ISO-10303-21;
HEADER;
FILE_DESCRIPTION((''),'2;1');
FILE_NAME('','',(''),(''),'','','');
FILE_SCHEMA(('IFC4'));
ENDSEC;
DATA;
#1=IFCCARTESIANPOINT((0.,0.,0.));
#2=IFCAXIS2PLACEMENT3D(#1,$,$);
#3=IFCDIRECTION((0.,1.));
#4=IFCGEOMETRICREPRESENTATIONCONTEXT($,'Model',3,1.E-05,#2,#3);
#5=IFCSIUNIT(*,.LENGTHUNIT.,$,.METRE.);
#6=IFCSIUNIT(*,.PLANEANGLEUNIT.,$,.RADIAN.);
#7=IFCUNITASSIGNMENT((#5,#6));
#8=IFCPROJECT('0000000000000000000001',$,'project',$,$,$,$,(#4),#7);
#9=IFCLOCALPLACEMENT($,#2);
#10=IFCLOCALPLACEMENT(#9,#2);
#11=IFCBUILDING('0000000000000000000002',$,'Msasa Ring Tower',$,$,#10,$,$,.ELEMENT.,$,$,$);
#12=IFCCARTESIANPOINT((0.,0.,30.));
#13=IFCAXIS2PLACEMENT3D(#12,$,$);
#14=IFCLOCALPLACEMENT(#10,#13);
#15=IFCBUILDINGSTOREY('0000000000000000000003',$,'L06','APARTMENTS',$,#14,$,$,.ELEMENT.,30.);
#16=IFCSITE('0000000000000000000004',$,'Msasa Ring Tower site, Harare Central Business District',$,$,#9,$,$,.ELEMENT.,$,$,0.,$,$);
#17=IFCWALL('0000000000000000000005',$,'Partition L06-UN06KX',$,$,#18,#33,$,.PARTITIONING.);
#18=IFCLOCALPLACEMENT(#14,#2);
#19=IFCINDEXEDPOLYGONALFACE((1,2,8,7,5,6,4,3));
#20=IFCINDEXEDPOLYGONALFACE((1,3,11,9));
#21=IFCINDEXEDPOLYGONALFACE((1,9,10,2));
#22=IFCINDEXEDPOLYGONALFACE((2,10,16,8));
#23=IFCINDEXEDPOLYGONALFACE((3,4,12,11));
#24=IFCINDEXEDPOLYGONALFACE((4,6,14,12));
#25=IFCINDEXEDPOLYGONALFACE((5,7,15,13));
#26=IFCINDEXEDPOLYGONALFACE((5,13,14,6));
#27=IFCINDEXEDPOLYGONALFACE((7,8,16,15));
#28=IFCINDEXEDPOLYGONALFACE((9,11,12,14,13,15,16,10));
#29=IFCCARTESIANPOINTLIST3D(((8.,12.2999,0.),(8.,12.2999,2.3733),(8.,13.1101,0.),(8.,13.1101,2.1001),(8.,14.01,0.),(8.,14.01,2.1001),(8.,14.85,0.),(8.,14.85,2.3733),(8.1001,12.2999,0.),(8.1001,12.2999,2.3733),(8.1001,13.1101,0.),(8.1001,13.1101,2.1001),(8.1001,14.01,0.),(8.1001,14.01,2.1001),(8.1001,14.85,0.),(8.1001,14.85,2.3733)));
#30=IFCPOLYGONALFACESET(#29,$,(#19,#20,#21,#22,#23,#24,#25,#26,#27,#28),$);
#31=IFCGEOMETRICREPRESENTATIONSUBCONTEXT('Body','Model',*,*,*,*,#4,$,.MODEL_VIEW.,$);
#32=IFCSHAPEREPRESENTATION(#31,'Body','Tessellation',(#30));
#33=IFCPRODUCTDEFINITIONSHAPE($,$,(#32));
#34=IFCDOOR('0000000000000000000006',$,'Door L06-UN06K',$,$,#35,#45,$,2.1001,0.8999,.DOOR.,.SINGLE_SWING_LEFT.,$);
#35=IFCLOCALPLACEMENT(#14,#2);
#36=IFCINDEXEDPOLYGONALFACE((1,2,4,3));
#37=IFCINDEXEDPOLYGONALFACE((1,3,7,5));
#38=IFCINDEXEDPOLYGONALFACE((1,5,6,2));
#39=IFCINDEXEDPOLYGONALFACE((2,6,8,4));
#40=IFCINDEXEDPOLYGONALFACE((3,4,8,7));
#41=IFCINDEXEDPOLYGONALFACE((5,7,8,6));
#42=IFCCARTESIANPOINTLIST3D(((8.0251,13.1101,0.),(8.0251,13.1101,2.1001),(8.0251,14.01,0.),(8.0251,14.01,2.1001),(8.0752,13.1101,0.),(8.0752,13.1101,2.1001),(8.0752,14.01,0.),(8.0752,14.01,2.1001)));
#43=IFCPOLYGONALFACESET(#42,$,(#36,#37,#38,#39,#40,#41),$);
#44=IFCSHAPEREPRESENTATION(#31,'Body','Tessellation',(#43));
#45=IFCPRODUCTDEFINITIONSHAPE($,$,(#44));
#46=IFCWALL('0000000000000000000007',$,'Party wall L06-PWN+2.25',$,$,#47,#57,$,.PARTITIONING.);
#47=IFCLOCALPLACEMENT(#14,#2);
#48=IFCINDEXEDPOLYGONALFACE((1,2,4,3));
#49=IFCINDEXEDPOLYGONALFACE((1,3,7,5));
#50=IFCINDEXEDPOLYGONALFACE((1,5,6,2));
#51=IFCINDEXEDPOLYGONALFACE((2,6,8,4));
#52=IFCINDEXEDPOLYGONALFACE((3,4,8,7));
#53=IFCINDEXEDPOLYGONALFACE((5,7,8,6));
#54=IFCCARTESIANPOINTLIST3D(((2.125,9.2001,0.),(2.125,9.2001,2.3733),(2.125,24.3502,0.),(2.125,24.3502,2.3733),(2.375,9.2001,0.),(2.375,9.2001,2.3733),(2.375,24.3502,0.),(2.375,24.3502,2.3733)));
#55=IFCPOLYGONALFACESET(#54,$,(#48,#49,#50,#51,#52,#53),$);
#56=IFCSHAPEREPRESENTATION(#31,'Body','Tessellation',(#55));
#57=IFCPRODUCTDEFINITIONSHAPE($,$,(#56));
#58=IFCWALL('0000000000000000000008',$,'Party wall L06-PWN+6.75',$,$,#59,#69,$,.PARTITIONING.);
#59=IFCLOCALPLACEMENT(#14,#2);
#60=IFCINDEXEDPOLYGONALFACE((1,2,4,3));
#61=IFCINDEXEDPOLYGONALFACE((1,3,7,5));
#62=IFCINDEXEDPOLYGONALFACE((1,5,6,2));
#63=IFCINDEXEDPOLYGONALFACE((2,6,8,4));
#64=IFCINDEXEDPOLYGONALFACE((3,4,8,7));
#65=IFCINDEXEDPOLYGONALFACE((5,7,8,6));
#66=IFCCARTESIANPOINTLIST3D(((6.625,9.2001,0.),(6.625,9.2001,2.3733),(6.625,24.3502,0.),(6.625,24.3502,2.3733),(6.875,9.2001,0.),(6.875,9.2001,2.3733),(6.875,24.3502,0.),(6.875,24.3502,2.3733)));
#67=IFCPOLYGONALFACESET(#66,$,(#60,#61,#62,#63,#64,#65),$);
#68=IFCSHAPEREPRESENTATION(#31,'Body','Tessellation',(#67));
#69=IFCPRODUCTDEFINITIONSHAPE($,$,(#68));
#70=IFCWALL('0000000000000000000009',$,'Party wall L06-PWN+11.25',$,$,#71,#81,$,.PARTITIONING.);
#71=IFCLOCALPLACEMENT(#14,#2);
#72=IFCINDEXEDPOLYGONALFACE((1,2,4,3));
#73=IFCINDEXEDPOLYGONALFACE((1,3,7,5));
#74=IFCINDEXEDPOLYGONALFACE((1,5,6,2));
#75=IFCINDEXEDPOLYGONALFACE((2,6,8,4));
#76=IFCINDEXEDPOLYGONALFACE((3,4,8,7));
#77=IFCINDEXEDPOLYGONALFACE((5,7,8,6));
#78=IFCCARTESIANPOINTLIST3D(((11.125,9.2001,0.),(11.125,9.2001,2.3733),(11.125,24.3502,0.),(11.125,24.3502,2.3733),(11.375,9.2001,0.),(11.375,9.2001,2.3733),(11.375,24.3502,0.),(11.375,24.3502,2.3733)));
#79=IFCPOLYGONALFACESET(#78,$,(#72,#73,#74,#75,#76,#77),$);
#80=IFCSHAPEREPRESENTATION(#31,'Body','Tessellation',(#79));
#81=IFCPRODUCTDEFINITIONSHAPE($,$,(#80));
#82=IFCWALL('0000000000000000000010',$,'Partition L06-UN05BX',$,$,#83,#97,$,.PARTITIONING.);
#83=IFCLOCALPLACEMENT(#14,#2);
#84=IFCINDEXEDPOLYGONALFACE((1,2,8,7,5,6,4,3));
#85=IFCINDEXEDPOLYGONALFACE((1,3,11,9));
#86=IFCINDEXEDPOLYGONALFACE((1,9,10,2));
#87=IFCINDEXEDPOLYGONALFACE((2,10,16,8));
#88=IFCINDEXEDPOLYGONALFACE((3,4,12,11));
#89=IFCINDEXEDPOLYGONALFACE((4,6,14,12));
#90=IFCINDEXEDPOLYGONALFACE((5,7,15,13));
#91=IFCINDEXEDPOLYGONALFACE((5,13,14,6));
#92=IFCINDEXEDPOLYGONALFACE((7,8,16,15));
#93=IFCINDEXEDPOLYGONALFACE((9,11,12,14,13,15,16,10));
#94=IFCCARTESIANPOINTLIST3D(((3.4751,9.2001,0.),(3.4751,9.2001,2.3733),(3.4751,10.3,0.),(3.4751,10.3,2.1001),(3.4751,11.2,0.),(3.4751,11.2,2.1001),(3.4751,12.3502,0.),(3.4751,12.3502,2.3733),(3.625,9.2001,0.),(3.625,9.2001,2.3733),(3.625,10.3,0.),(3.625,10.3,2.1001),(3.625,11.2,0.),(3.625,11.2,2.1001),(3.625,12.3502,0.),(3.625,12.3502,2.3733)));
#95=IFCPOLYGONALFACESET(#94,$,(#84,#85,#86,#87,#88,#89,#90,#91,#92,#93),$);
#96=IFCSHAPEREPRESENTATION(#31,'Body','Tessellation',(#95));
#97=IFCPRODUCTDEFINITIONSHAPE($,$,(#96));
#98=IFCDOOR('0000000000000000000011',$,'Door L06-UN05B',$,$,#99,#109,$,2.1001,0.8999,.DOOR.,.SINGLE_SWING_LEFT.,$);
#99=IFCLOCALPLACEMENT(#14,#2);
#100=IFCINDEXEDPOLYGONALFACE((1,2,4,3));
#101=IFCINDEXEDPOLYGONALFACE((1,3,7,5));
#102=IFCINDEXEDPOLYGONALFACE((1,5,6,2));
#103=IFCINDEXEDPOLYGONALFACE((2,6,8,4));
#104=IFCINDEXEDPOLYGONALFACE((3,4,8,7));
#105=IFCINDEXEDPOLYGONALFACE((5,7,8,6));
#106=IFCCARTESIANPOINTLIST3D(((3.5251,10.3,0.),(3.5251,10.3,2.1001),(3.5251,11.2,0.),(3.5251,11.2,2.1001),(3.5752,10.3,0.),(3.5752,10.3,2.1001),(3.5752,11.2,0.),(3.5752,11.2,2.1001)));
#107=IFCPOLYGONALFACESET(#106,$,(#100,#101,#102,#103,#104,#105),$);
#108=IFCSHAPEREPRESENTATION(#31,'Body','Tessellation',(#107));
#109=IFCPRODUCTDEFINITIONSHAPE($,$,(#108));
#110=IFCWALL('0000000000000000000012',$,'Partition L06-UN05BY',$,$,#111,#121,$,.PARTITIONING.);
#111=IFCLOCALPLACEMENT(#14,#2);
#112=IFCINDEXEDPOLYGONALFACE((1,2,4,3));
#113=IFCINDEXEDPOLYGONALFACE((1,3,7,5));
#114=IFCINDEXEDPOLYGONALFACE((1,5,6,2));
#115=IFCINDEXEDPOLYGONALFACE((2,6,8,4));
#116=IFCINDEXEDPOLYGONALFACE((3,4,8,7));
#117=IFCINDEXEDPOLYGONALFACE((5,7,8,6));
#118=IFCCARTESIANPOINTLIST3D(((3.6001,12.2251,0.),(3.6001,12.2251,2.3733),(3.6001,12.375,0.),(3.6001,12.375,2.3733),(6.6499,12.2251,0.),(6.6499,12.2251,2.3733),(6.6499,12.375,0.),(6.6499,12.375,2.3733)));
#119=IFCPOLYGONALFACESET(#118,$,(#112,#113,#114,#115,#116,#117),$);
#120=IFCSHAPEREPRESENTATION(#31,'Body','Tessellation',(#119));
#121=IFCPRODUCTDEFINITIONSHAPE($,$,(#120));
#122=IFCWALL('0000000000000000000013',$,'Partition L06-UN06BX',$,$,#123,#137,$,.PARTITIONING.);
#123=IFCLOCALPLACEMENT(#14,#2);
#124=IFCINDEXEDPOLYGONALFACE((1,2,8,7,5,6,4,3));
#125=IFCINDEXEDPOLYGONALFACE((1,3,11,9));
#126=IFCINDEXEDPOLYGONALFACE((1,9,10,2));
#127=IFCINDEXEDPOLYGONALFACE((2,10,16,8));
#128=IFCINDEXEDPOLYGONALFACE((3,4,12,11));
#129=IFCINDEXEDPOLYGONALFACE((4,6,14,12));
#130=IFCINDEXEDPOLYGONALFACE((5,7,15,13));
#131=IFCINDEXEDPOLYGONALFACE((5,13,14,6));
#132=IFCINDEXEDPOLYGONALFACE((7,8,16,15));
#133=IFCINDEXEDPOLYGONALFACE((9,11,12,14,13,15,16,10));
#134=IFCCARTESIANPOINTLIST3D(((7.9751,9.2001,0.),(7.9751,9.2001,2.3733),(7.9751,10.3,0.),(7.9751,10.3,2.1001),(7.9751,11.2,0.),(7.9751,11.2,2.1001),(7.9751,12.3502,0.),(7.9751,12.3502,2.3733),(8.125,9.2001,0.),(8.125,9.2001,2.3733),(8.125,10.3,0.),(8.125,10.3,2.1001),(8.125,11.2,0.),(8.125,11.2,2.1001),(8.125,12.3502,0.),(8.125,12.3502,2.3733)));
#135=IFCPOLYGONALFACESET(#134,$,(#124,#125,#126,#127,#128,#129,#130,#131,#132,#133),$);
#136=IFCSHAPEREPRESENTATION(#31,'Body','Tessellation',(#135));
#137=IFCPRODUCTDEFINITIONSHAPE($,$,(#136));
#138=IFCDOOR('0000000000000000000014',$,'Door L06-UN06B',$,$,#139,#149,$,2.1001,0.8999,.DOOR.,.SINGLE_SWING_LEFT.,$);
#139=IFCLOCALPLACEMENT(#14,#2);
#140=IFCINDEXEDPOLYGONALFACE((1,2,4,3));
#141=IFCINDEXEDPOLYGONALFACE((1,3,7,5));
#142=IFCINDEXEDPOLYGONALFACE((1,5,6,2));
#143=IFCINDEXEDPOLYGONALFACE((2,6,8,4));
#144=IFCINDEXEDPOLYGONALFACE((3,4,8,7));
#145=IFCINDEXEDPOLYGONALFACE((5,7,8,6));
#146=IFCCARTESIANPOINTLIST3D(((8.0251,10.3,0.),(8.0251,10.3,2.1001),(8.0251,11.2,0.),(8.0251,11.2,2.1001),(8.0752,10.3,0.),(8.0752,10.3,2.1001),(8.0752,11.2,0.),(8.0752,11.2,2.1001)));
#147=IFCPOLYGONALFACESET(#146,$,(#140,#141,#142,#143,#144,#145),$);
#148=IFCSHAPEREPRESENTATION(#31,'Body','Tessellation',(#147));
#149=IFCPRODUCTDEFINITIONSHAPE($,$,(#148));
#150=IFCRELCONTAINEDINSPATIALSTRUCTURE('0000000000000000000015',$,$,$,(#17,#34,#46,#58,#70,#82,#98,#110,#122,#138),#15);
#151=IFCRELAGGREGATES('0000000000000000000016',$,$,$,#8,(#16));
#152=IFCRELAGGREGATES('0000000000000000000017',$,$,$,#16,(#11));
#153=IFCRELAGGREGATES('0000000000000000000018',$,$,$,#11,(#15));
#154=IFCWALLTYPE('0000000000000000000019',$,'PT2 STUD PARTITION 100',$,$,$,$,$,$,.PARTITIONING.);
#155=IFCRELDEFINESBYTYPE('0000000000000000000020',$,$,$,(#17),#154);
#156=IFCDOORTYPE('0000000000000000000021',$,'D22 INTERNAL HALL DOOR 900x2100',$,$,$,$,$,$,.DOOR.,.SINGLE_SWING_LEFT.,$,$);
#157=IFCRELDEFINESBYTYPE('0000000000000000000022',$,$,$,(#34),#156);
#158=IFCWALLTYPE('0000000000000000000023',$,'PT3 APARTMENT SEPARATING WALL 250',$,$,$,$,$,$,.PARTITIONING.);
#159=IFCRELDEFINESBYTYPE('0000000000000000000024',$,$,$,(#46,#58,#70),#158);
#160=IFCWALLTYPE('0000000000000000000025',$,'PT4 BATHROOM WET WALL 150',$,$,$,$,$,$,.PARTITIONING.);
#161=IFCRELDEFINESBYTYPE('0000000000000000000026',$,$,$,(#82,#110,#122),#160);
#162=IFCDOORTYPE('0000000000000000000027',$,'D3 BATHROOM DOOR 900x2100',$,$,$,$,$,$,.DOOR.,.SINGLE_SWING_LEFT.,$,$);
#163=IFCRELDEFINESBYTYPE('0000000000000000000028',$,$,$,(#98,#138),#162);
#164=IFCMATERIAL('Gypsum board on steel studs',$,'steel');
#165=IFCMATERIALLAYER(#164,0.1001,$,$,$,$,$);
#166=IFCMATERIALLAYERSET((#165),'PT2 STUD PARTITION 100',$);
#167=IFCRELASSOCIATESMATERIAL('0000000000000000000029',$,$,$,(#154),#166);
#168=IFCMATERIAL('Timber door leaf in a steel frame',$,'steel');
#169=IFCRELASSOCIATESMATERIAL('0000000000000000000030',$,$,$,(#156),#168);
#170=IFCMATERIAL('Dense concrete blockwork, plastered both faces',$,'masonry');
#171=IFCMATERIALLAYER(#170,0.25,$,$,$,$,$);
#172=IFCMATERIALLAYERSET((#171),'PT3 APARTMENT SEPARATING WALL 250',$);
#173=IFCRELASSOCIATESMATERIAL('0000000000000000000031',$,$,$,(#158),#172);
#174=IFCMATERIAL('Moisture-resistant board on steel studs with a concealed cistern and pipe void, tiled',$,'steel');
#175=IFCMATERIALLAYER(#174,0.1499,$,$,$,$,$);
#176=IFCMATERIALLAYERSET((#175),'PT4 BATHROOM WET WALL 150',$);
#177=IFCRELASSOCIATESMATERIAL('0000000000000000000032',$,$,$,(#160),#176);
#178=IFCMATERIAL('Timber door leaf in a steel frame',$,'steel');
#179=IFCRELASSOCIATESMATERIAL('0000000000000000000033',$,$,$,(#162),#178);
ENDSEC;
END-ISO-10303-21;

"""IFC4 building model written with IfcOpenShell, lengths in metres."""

from ifc_helpers import new_model, si_unit, direction, frame, frame_2d, origin, place, context, subcontext, project, spatial, rectangle, extrude, material, layer, layer_set, type_object, element, fill, save


model = new_model("IFC4")

# Units and contexts
model_context = context("Model", 3, precision=1e-05, world=origin(), true_north=direction((0.0, 1.0)))
body_context = subcontext(model_context, "Body", "Model", "MODEL_VIEW")
ifc_project = project(units=[si_unit("LENGTHUNIT", "METRE"), si_unit("PLANEANGLEUNIT", "RADIAN")], contexts=[model_context])

# Site, building, storey
site_placement = place(None, origin())
site = spatial("IfcSite", under=ifc_project, at=site_placement, Name="Msasa Ring Tower site, Harare Central Business District", CompositionType="ELEMENT", RefElevation=0.0)
building_placement = place(site_placement, origin())
building = spatial("IfcBuilding", under=site, at=building_placement, Name="Msasa Ring Tower", CompositionType="ELEMENT")
storey_placement = place(building_placement, frame((0.0, 0.0, 30.0)))
storey = spatial("IfcBuildingStorey", under=building, at=storey_placement, Name="L06", Description="APARTMENTS", CompositionType="ELEMENT", Elevation=30.0)

# Wall, opening, door
ifc_material_1 = material(Name="Gypsum board on steel studs", Category="steel")
ifc_layer_1 = layer(ifc_material_1, 0.1001)
ifc_layer_set_1 = layer_set([ifc_layer_1], Name="PT2 STUD PARTITION 100")
wall_type_1 = type_object("IfcWallType", Name="PT2 STUD PARTITION 100", PredefinedType="PARTITIONING", material=ifc_layer_set_1)
ifc_material_2 = material(Name="Timber door leaf in a steel frame", Category="steel")
door_type_1 = type_object("IfcDoorType", Name="D22 INTERNAL HALL DOOR 900x2100", OperationType="SINGLE_SWING_LEFT", PredefinedType="DOOR", material=ifc_material_2)
wall_1_placement = place(storey_placement, frame((8.05, 12.3, 0.0), z_axis=(0.0, 0.0, 1.0), x_axis=(0.0, 1.0, 0.0)))
wall_1 = element("IfcWall", 1, at=wall_1_placement, inside=storey, type_object=wall_type_1, Name="Partition L06-UN06KX", PredefinedType="PARTITIONING", context=body_context, shape_type="SweptSolid", body=[
    extrude(rectangle(XDim=2.55, YDim=0.1001, at=frame_2d((1.2749, 0.0))), origin(), (0.0, 0.0, 1.0), 2.3733),
])
opening_1_placement = place(wall_1_placement, frame((0.8101, 0.0, 0.0)))
opening_1 = element("IfcOpeningElement", 2, at=opening_1_placement, cuts=wall_1, PredefinedType="OPENING", context=body_context, shape_type="SweptSolid", body=[
    extrude(rectangle(XDim=0.8999, YDim=2.1001, at=frame_2d((0.45, 1.05))), frame((0.0, 0.0601, 0.0), z_axis=(0.0, -1.0, 0.0), x_axis=(1.0, 0.0, 0.0)), (0.0, 0.0, 1.0), 0.1201),
])
door_1_placement = place(opening_1_placement, origin())
door_1 = element("IfcDoor", 3, at=door_1_placement, inside=storey, type_object=door_type_1, Name="Door L06-UN06K", OperationType="SINGLE_SWING_LEFT", OverallHeight=2.1001, OverallWidth=0.8999, PredefinedType="DOOR", context=body_context, shape_type="SweptSolid", body=[
    extrude(rectangle(XDim=0.8999, YDim=2.1001, at=frame_2d((0.45, 1.05))), frame((0.0, 0.0249, 0.0), z_axis=(0.0, -1.0, 0.0), x_axis=(1.0, 0.0, 0.0)), (0.0, 0.0, 1.0), 0.05),
])
fill(opening_1, door_1)

# Walls
ifc_material_3 = material(Name="Dense concrete blockwork, plastered both faces", Category="masonry")
ifc_layer_2 = layer(ifc_material_3, 0.25)
ifc_layer_set_2 = layer_set([ifc_layer_2], Name="PT3 APARTMENT SEPARATING WALL 250")
wall_type_2 = type_object("IfcWallType", Name="PT3 APARTMENT SEPARATING WALL 250", PredefinedType="PARTITIONING", material=ifc_layer_set_2)
for number, where, z_axis, x_axis, name in (
    (4, (2.25, 9.2, 0.0), (0.0, 0.0, 1.0), (0.0, 1.0, 0.0), "Party wall L06-PWN+2.25"),
    (5, (6.75, 9.2, 0.0), (0.0, 0.0, 1.0), (0.0, 1.0, 0.0), "Party wall L06-PWN+6.75"),
    (6, (11.25, 9.2, 0.0), (0.0, 0.0, 1.0), (0.0, 1.0, 0.0), "Party wall L06-PWN+11.25"),
):
    element("IfcWall", number, at=place(storey_placement, frame(where, z_axis=z_axis, x_axis=x_axis)), inside=storey, type_object=wall_type_2, Name=name, PredefinedType="PARTITIONING", context=body_context, shape_type="SweptSolid", body=[
        extrude(rectangle(XDim=15.1501, YDim=0.25, at=frame_2d((7.5752, 0.0))), origin(), (0.0, 0.0, 1.0), 2.3733),
    ])

# Wall, opening, door
ifc_material_4 = material(Name="Moisture-resistant board on steel studs with a concealed cistern and pipe void, tiled", Category="steel")
ifc_layer_3 = layer(ifc_material_4, 0.1499)
ifc_layer_set_3 = layer_set([ifc_layer_3], Name="PT4 BATHROOM WET WALL 150")
wall_type_3 = type_object("IfcWallType", Name="PT4 BATHROOM WET WALL 150", PredefinedType="PARTITIONING", material=ifc_layer_set_3)
wall_2_placement = place(storey_placement, frame((3.55, 9.2, 0.0), z_axis=(0.0, 0.0, 1.0), x_axis=(0.0, 1.0, 0.0)))
wall_2 = element("IfcWall", 7, at=wall_2_placement, inside=storey, type_object=wall_type_3, Name="Partition L06-UN05BX", PredefinedType="PARTITIONING", context=body_context, shape_type="SweptSolid", body=[
    extrude(rectangle(XDim=3.1501, YDim=0.1499, at=frame_2d((1.5752, 0.0))), origin(), (0.0, 0.0, 1.0), 2.3733),
])
opening_2_placement = place(wall_2_placement, frame((1.1001, 0.0, 0.0)))
opening_2 = element("IfcOpeningElement", 8, at=opening_2_placement, cuts=wall_2, PredefinedType="OPENING", context=body_context, shape_type="SweptSolid", body=[
    extrude(rectangle(XDim=0.8999, YDim=2.1001, at=frame_2d((0.45, 1.05))), frame((0.0, 0.085, 0.0), z_axis=(0.0, -1.0, 0.0), x_axis=(1.0, 0.0, 0.0)), (0.0, 0.0, 1.0), 0.1699),
])
ifc_material_5 = material(Name="Timber door leaf in a steel frame", Category="steel")
door_type_2 = type_object("IfcDoorType", Name="D3 BATHROOM DOOR 900x2100", OperationType="SINGLE_SWING_LEFT", PredefinedType="DOOR", material=ifc_material_5)
door_2_placement = place(opening_2_placement, origin())
door_2 = element("IfcDoor", 9, at=door_2_placement, inside=storey, type_object=door_type_2, Name="Door L06-UN05B", OperationType="SINGLE_SWING_LEFT", OverallHeight=2.1001, OverallWidth=0.8999, PredefinedType="DOOR", context=body_context, shape_type="SweptSolid", body=[
    extrude(rectangle(XDim=0.8999, YDim=2.1001, at=frame_2d((0.45, 1.05))), frame((0.0, 0.0249, 0.0), z_axis=(0.0, -1.0, 0.0), x_axis=(1.0, 0.0, 0.0)), (0.0, 0.0, 1.0), 0.05),
])
fill(opening_2, door_2)

# Wall
wall_3_placement = place(storey_placement, frame((3.6001, 12.3, 0.0), z_axis=(0.0, 0.0, 1.0), x_axis=(1.0, 0.0, 0.0)))
element("IfcWall", 10, at=wall_3_placement, inside=storey, type_object=wall_type_3, Name="Partition L06-UN05BY", PredefinedType="PARTITIONING", context=body_context, shape_type="SweptSolid", body=[
    extrude(rectangle(XDim=3.0498, YDim=0.1499, at=frame_2d((1.5249, 0.0))), origin(), (0.0, 0.0, 1.0), 2.3733),
])

# Wall, opening, door
wall_4_placement = place(storey_placement, frame((8.05, 9.2, 0.0), z_axis=(0.0, 0.0, 1.0), x_axis=(0.0, 1.0, 0.0)))
wall_4 = element("IfcWall", 11, at=wall_4_placement, inside=storey, type_object=wall_type_3, Name="Partition L06-UN06BX", PredefinedType="PARTITIONING", context=body_context, shape_type="SweptSolid", body=[
    extrude(rectangle(XDim=3.1501, YDim=0.1499, at=frame_2d((1.5752, 0.0))), origin(), (0.0, 0.0, 1.0), 2.3733),
])
opening_3_placement = place(wall_4_placement, frame((1.1001, 0.0, 0.0)))
opening_3 = element("IfcOpeningElement", 12, at=opening_3_placement, cuts=wall_4, PredefinedType="OPENING", context=body_context, shape_type="SweptSolid", body=[
    extrude(rectangle(XDim=0.8999, YDim=2.1001, at=frame_2d((0.45, 1.05))), frame((0.0, 0.085, 0.0), z_axis=(0.0, -1.0, 0.0), x_axis=(1.0, 0.0, 0.0)), (0.0, 0.0, 1.0), 0.1699),
])
door_3_placement = place(opening_3_placement, origin())
door_3 = element("IfcDoor", 13, at=door_3_placement, inside=storey, type_object=door_type_2, Name="Door L06-UN06B", OperationType="SINGLE_SWING_LEFT", OverallHeight=2.1001, OverallWidth=0.8999, PredefinedType="DOOR", context=body_context, shape_type="SweptSolid", body=[
    extrude(rectangle(XDim=0.8999, YDim=2.1001, at=frame_2d((0.45, 1.05))), frame((0.0, 0.0249, 0.0), z_axis=(0.0, -1.0, 0.0), x_axis=(1.0, 0.0, 0.0)), (0.0, 0.0, 1.0), 0.05),
])
fill(opening_3, door_3)

save(model, "model.ifc")
